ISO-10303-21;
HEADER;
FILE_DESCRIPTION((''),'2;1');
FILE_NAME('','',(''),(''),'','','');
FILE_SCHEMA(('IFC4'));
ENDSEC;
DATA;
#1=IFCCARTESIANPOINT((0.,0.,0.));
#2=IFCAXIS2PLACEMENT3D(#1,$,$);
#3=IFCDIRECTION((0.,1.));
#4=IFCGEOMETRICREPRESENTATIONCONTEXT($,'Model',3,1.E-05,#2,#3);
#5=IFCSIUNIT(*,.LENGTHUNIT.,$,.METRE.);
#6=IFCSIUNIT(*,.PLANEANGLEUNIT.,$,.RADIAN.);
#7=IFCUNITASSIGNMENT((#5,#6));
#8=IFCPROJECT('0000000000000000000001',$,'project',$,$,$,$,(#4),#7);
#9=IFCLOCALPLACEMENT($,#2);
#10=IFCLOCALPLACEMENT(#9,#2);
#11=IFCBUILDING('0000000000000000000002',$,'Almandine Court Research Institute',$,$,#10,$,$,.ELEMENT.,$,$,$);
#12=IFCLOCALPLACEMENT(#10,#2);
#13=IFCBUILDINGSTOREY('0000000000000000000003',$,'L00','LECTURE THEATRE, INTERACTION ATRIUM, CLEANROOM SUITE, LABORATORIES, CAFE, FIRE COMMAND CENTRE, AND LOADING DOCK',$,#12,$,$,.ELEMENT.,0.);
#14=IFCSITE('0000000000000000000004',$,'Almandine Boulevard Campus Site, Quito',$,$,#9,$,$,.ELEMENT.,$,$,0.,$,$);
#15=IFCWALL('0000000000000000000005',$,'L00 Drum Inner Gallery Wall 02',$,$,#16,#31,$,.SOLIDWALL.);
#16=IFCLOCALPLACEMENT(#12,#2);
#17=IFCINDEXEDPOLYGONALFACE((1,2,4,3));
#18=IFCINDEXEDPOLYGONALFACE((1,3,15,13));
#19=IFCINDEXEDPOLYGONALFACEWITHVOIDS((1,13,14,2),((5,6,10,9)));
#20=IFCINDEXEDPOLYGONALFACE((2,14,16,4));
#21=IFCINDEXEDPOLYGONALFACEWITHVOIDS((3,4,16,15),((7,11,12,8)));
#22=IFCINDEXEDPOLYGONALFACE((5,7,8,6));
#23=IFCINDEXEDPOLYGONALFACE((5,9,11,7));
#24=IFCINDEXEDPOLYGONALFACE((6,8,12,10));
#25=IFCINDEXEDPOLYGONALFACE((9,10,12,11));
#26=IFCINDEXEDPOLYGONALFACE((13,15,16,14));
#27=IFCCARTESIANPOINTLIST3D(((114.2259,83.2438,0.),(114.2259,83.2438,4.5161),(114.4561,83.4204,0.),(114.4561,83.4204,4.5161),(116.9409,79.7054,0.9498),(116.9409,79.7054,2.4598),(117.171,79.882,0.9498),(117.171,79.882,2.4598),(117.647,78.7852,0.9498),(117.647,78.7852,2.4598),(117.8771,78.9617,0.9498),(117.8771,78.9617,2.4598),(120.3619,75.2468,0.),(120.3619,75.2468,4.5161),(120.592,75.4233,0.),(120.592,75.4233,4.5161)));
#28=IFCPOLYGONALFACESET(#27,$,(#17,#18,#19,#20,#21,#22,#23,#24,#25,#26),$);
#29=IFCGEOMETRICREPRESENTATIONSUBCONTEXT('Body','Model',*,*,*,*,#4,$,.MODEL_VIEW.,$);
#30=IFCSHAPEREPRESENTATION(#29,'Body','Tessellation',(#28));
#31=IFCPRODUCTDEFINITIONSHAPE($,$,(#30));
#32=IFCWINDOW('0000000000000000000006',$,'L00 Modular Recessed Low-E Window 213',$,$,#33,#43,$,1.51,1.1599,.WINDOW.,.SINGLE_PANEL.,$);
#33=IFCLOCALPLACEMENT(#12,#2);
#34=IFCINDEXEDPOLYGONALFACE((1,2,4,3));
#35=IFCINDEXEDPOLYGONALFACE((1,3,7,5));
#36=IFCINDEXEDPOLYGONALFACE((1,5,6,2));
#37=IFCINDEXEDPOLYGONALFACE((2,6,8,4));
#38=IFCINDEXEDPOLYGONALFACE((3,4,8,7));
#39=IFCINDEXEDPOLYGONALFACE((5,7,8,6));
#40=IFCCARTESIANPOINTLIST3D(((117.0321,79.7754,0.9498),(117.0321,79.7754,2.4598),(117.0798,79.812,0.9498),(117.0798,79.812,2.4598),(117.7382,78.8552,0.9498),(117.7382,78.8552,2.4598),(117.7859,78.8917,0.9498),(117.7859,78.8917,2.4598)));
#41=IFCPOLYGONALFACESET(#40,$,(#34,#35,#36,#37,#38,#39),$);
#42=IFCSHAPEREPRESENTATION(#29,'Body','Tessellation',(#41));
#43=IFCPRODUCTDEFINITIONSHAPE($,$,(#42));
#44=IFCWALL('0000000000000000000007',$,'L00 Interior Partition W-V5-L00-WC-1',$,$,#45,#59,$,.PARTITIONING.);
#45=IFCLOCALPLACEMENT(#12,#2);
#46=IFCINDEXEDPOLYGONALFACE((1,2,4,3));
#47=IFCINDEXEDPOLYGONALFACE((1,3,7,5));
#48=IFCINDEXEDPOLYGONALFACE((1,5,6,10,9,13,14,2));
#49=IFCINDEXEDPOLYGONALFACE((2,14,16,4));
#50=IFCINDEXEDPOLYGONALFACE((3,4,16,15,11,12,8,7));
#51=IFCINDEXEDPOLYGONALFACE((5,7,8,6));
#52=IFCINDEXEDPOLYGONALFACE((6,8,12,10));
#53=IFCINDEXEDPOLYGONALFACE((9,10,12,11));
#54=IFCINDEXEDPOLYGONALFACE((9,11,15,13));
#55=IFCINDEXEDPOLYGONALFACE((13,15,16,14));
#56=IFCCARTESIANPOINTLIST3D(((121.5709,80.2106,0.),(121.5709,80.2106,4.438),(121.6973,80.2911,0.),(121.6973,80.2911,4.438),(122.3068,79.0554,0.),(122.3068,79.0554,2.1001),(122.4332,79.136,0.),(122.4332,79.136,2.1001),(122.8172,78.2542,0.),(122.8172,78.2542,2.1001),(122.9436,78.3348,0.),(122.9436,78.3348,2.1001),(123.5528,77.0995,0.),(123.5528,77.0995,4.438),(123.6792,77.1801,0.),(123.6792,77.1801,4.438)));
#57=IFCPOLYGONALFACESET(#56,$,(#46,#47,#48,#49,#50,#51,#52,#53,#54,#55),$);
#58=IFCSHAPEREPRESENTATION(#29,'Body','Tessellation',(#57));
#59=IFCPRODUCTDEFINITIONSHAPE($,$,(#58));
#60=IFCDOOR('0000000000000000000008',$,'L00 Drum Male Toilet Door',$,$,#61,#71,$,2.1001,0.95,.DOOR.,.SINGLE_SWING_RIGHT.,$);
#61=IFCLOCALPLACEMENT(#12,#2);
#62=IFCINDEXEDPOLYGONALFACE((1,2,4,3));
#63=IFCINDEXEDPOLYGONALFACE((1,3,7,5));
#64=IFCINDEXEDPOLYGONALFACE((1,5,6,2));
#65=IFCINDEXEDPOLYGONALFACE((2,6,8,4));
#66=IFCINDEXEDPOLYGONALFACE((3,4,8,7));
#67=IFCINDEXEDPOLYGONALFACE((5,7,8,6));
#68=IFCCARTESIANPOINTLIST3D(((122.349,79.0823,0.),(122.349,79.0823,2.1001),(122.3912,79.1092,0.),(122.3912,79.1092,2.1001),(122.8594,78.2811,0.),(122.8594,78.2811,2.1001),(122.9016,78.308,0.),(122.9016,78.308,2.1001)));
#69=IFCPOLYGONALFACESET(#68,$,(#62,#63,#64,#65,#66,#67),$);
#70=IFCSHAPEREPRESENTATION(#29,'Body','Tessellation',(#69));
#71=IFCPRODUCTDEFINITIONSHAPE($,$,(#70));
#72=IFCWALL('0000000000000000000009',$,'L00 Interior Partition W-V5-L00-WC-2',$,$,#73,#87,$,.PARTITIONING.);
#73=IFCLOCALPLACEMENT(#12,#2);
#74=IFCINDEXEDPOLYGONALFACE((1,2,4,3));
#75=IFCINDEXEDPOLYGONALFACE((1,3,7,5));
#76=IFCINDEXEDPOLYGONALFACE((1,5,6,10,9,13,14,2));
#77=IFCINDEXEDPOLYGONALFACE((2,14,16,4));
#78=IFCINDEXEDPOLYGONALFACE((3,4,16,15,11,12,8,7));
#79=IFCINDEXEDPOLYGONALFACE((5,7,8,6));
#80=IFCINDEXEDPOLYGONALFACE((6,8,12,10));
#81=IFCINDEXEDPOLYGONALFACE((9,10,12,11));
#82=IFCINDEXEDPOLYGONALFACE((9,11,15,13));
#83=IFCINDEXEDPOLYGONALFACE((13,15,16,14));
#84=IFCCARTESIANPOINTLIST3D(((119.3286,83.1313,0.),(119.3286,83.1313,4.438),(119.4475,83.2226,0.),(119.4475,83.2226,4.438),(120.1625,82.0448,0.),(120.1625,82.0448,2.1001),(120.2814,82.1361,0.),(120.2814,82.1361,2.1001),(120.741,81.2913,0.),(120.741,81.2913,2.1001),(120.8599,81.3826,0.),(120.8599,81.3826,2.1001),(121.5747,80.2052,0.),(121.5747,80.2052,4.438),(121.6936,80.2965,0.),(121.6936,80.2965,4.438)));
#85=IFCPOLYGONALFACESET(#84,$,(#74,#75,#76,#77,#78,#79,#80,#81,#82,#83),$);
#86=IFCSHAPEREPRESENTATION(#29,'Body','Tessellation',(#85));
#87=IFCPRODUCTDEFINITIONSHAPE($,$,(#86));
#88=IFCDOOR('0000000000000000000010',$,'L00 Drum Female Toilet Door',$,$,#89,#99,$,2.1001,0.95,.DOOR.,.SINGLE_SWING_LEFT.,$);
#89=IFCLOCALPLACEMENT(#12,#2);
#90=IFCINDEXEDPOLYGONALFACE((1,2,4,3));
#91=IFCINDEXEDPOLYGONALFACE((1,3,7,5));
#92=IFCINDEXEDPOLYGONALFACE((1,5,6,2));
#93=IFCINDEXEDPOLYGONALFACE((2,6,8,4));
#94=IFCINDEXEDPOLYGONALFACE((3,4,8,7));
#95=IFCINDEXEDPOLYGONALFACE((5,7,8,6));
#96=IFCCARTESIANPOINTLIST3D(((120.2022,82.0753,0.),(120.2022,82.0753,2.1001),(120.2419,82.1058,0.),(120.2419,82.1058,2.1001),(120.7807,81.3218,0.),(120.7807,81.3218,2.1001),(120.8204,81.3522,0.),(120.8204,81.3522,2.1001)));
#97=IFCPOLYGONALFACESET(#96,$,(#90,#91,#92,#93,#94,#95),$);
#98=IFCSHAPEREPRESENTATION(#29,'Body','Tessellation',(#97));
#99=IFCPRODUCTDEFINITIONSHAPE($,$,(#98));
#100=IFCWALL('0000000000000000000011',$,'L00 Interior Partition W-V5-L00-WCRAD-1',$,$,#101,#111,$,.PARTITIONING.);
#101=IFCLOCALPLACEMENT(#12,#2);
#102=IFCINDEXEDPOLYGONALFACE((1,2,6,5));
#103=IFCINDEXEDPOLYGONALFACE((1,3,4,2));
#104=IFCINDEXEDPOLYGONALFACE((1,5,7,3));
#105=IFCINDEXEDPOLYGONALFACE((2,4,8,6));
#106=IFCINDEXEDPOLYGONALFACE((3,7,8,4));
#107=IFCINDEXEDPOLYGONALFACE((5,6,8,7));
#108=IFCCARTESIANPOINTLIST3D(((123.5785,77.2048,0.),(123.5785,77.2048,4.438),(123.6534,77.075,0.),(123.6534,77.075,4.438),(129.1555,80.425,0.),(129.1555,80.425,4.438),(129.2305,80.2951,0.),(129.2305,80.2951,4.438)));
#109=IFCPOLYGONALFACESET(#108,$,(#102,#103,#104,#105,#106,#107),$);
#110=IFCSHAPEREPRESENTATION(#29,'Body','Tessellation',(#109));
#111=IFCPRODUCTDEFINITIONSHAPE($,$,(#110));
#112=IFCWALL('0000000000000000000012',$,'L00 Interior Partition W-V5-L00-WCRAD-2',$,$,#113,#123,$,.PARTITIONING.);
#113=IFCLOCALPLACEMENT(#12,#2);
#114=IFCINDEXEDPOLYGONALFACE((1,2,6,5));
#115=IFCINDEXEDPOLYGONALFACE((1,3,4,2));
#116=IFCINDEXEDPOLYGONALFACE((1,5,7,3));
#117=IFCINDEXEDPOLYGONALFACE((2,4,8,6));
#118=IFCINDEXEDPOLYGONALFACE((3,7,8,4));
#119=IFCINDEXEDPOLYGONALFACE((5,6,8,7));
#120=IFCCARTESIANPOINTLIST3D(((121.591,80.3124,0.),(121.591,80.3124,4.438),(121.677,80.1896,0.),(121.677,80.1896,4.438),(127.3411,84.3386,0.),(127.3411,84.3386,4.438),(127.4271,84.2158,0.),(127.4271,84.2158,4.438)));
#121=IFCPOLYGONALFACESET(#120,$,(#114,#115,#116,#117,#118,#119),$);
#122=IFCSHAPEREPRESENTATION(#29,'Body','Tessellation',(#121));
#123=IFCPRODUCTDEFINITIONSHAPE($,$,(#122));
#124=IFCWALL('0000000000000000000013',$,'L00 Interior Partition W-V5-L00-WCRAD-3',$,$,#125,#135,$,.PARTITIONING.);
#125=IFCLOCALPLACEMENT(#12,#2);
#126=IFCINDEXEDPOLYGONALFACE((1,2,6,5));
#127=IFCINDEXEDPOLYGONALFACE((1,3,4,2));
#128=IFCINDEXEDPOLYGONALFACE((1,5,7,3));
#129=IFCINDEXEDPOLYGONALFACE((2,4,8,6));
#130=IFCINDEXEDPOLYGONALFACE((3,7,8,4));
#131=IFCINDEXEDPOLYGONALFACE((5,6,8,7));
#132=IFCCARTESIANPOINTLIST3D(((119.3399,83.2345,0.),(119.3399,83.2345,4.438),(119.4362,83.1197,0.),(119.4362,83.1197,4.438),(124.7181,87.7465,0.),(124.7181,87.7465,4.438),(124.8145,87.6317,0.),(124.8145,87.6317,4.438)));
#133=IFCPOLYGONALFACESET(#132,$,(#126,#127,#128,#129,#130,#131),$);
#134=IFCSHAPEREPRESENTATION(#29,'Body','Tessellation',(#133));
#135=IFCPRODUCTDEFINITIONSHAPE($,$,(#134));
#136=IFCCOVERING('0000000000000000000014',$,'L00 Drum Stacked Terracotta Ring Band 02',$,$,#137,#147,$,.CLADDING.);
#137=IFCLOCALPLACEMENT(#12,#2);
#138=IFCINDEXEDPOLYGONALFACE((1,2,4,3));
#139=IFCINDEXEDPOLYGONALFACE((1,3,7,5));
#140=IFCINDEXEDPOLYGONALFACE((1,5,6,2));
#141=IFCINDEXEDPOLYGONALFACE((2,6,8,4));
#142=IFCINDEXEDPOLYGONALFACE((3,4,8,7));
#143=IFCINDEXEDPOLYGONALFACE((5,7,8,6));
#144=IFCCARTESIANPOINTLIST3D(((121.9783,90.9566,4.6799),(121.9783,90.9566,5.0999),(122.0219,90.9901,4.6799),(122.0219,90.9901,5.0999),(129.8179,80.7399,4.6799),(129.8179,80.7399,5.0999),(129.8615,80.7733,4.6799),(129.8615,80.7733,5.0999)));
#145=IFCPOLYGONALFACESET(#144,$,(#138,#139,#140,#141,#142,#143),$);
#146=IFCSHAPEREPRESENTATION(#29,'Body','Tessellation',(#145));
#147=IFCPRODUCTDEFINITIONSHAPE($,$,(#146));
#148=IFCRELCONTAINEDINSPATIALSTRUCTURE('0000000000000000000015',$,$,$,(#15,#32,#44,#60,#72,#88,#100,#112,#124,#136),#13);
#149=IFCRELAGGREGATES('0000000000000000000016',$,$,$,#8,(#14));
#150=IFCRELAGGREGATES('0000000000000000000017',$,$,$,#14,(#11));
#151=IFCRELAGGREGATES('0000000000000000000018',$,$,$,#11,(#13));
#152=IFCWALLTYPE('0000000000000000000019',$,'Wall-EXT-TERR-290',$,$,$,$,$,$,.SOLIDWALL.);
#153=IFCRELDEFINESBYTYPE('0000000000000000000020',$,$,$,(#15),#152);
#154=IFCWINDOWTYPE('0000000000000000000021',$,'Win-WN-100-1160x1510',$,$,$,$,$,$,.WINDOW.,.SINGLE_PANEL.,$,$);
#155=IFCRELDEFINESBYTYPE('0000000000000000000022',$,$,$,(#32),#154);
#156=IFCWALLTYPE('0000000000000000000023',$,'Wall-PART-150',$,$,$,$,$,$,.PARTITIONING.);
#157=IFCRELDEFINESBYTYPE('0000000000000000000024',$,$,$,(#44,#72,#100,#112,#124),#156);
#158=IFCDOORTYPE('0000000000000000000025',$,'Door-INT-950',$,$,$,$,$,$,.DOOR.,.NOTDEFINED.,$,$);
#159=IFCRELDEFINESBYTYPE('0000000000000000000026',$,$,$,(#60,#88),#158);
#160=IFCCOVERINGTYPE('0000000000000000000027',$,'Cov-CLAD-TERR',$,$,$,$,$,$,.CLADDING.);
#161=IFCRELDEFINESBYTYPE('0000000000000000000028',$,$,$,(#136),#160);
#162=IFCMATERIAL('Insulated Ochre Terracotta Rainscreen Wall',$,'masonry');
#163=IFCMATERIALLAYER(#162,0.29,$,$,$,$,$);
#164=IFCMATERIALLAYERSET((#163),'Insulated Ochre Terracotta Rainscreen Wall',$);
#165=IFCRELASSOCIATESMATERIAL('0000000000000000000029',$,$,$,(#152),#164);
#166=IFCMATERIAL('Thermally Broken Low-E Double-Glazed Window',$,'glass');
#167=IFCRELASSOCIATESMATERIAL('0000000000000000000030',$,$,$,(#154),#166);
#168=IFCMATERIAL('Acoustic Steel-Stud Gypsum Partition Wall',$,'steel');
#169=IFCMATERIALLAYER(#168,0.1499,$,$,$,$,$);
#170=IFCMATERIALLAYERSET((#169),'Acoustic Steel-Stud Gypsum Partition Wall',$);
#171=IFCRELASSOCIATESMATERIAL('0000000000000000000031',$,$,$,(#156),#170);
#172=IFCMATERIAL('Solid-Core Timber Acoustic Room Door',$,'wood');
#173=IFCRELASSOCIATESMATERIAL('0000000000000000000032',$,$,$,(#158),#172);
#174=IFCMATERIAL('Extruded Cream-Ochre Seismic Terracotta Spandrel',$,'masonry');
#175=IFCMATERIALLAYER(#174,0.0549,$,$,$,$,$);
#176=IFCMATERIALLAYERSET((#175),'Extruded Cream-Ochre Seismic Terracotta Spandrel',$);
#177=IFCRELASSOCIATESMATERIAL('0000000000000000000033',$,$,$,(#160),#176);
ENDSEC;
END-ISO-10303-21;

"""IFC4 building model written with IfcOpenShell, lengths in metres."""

from ifc_helpers import new_model, si_unit, direction, frame, frame_2d, origin, origin_2d, place, context, subcontext, project, spatial, rectangle, extrude, material, layer, layer_set, type_object, element, fill, save


model = new_model("IFC4")

# Units and contexts
model_context = context("Model", 3, precision=1e-05, world=origin(), true_north=direction((0.0, 1.0)))
body_context = subcontext(model_context, "Body", "Model", "MODEL_VIEW")
ifc_project = project(units=[si_unit("LENGTHUNIT", "METRE"), si_unit("PLANEANGLEUNIT", "RADIAN")], contexts=[model_context])

# Site, building, storey
site_placement = place(None, origin())
site = spatial("IfcSite", under=ifc_project, at=site_placement, Name="Almandine Boulevard Campus Site, Quito", CompositionType="ELEMENT", RefElevation=0.0)
building_placement = place(site_placement, origin())
building = spatial("IfcBuilding", under=site, at=building_placement, Name="Almandine Court Research Institute", CompositionType="ELEMENT")
storey_placement = place(building_placement, origin())
storey = spatial("IfcBuildingStorey", under=building, at=storey_placement, Name="L00", Description="LECTURE THEATRE, INTERACTION ATRIUM, CLEANROOM SUITE, LABORATORIES, CAFE, FIRE COMMAND CENTRE, AND LOADING DOCK", CompositionType="ELEMENT", Elevation=0.0)

# Wall, opening, window
ifc_material_1 = material(Name="Insulated Ochre Terracotta Rainscreen Wall", Category="masonry")
ifc_layer_1 = layer(ifc_material_1, 0.29)
ifc_layer_set_1 = layer_set([ifc_layer_1], Name="Insulated Ochre Terracotta Rainscreen Wall")
wall_type_1 = type_object("IfcWallType", Name="Wall-EXT-TERR-290", PredefinedType="SOLIDWALL", material=ifc_layer_set_1)
wall_1_placement = place(storey_placement, frame((120.4771, 75.335, 0.0), z_axis=(0.0, 0.0, 1.0), x_axis=(-0.608738, 0.793372, 0.0)))
wall_1 = element("IfcWall", 1, at=wall_1_placement, inside=storey, type_object=wall_type_1, Name="L00 Drum Inner Gallery Wall 02", PredefinedType="SOLIDWALL", context=body_context, shape_type="SweptSolid", body=[
    extrude(rectangle(XDim=10.0798, YDim=0.29, at=frame_2d((5.04, 0.0))), origin(), (0.0, 0.0, 1.0), 4.5161),
])
opening_1_placement = place(wall_1_placement, frame((4.46, 0.0, 0.95)))
opening_1 = element("IfcOpeningElement", 2, at=opening_1_placement, cuts=wall_1, PredefinedType="OPENING", context=body_context, shape_type="SweptSolid", body=[
    extrude(rectangle(XDim=1.1599, YDim=1.51, at=frame_2d((0.5801, 0.7549))), frame((0.0, 0.155, 0.0), z_axis=(0.0, -1.0, 0.0), x_axis=(1.0, 0.0, 0.0)), (0.0, 0.0, 1.0), 0.3101),
])
ifc_material_2 = material(Name="Thermally Broken Low-E Double-Glazed Window", Category="glass")
window_type = type_object("IfcWindowType", Name="Win-WN-100-1160x1510", PartitioningType="SINGLE_PANEL", PredefinedType="WINDOW", material=ifc_material_2)
window_placement = place(opening_1_placement, origin())
window = element("IfcWindow", 3, at=window_placement, inside=storey, type_object=window_type, Name="L00 Modular Recessed Low-E Window 213", OverallHeight=1.51, OverallWidth=1.1599, PartitioningType="SINGLE_PANEL", PredefinedType="WINDOW", context=body_context, shape_type="SweptSolid", body=[
    extrude(rectangle(XDim=1.1599, YDim=1.51, at=frame_2d((0.5801, 0.7549))), frame((0.0, 0.03, 0.0), z_axis=(0.0, -1.0, 0.0), x_axis=(1.0, 0.0, 0.0)), (0.0, 0.0, 1.0), 0.0601),
])
fill(opening_1, window)

# Walls, openings, doors
ifc_material_3 = material(Name="Acoustic Steel-Stud Gypsum Partition Wall", Category="steel")
ifc_layer_2 = layer(ifc_material_3, 0.1499)
ifc_layer_set_2 = layer_set([ifc_layer_2], Name="Acoustic Steel-Stud Gypsum Partition Wall")
wall_type_2 = type_object("IfcWallType", Name="Wall-PART-150", PredefinedType="PARTITIONING", material=ifc_layer_set_2)
wall_2_placement = place(storey_placement, frame((123.616, 77.1399, 0.0), z_axis=(0.0, 0.0, 1.0), x_axis=(-0.537291, 0.843397, 0.0)))
wall_2 = element("IfcWall", 4, at=wall_2_placement, inside=storey, type_object=wall_type_2, Name="L00 Interior Partition W-V5-L00-WC-1", PredefinedType="PARTITIONING", context=body_context, shape_type="SweptSolid", body=[
    extrude(rectangle(XDim=3.6887, YDim=0.1499, at=frame_2d((1.8442, 0.0))), origin(), (0.0, 0.0, 1.0), 4.438),
])
opening_2_placement = place(wall_2_placement, frame((1.3689, 0.0, 0.0)))
opening_2 = element("IfcOpeningElement", 5, at=opening_2_placement, cuts=wall_2, PredefinedType="OPENING", context=body_context, shape_type="SweptSolid", body=[
    extrude(rectangle(XDim=0.95, YDim=2.1001, at=frame_2d((0.4751, 1.05))), frame((0.0, 0.085, 0.0), z_axis=(0.0, -1.0, 0.0), x_axis=(1.0, 0.0, 0.0)), (0.0, 0.0, 1.0), 0.1699),
])
ifc_material_4 = material(Name="Solid-Core Timber Acoustic Room Door", Category="wood")
door_type = type_object("IfcDoorType", Name="Door-INT-950", OperationType="NOTDEFINED", PredefinedType="DOOR", material=ifc_material_4)
door_1_placement = place(opening_2_placement, origin())
door_1 = element("IfcDoor", 6, at=door_1_placement, inside=storey, type_object=door_type, Name="L00 Drum Male Toilet Door", OperationType="SINGLE_SWING_RIGHT", OverallHeight=2.1001, OverallWidth=0.95, PredefinedType="DOOR", context=body_context, shape_type="SweptSolid", body=[
    extrude(rectangle(XDim=0.95, YDim=2.1001, at=frame_2d((0.4751, 1.05))), frame((0.0, 0.0249, 0.0), z_axis=(0.0, -1.0, 0.0), x_axis=(1.0, 0.0, 0.0)), (0.0, 0.0, 1.0), 0.05),
])
fill(opening_2, door_1)
wall_3_placement = place(storey_placement, frame((121.634, 80.251, 0.0), z_axis=(0.0, 0.0, 1.0), x_axis=(-0.608911, 0.793239, 0.0)))
wall_3 = element("IfcWall", 7, at=wall_3_placement, inside=storey, type_object=wall_type_2, Name="L00 Interior Partition W-V5-L00-WC-2", PredefinedType="PARTITIONING", context=body_context, shape_type="SweptSolid", body=[
    extrude(rectangle(XDim=3.6887, YDim=0.1499, at=frame_2d((1.8442, 0.0))), origin(), (0.0, 0.0, 1.0), 4.438),
])
opening_3_placement = place(wall_3_placement, frame((1.3689, 0.0, 0.0)))
opening_3 = element("IfcOpeningElement", 8, at=opening_3_placement, cuts=wall_3, PredefinedType="OPENING", context=body_context, shape_type="SweptSolid", body=[
    extrude(rectangle(XDim=0.95, YDim=2.1001, at=frame_2d((0.4751, 1.05))), frame((0.0, 0.085, 0.0), z_axis=(0.0, -1.0, 0.0), x_axis=(1.0, 0.0, 0.0)), (0.0, 0.0, 1.0), 0.1699),
])
door_2_placement = place(opening_3_placement, origin())
door_2 = element("IfcDoor", 9, at=door_2_placement, inside=storey, type_object=door_type, Name="L00 Drum Female Toilet Door", OperationType="SINGLE_SWING_LEFT", OverallHeight=2.1001, OverallWidth=0.95, PredefinedType="DOOR", context=body_context, shape_type="SweptSolid", body=[
    extrude(rectangle(XDim=0.95, YDim=2.1001, at=frame_2d((0.4751, 1.05))), frame((0.0, 0.0249, 0.0), z_axis=(0.0, -1.0, 0.0), x_axis=(1.0, 0.0, 0.0)), (0.0, 0.0, 1.0), 0.05),
])
fill(opening_3, door_2)

# Walls
wall_4_placement = place(storey_placement, frame((123.616, 77.1399, 0.0), z_axis=(0.0, 0.0, 1.0), x_axis=(0.866009, 0.500029, 0.0)))
element("IfcWall", 10, at=wall_4_placement, inside=storey, type_object=wall_type_2, Name="L00 Interior Partition W-V5-L00-WCRAD-1", PredefinedType="PARTITIONING", context=body_context, shape_type="SweptSolid", body=[
    extrude(rectangle(XDim=6.4399, YDim=0.1499, at=frame_2d((3.22, 0.0))), origin(), (0.0, 0.0, 1.0), 4.438),
])
wall_5_placement = place(storey_placement, frame((121.634, 80.251, 0.0), z_axis=(0.0, 0.0, 1.0), x_axis=(0.819157, 0.57357, 0.0)))
element("IfcWall", 11, at=wall_5_placement, inside=storey, type_object=wall_type_2, Name="L00 Interior Partition W-V5-L00-WCRAD-2", PredefinedType="PARTITIONING", context=body_context, shape_type="SweptSolid", body=[
    extrude(rectangle(XDim=7.0195, YDim=0.1499, at=frame_2d((3.5098, 0.0))), origin(), (0.0, 0.0, 1.0), 4.438),
])
wall_6_placement = place(storey_placement, frame((119.3879, 83.177, 0.0), z_axis=(0.0, 0.0, 1.0), x_axis=(0.766105, 0.642716, 0.0)))
element("IfcWall", 12, at=wall_6_placement, inside=storey, type_object=wall_type_2, Name="L00 Interior Partition W-V5-L00-WCRAD-3", PredefinedType="PARTITIONING", context=body_context, shape_type="SweptSolid", body=[
    extrude(rectangle(XDim=7.0203, YDim=0.1499, at=frame_2d((3.5103, 0.0))), origin(), (0.0, 0.0, 1.0), 4.438),
])

# Covering
ifc_material_5 = material(Name="Extruded Cream-Ochre Seismic Terracotta Spandrel", Category="masonry")
ifc_layer_3 = layer(ifc_material_5, 0.0549)
ifc_layer_set_3 = layer_set([ifc_layer_3], Name="Extruded Cream-Ochre Seismic Terracotta Spandrel")
covering_type = type_object("IfcCoveringType", Name="Cov-CLAD-TERR", PredefinedType="CLADDING", material=ifc_layer_set_3)
covering_placement = place(storey_placement, frame((125.9199, 85.865, 4.6799), z_axis=(0.0, 0.0, 1.0), x_axis=(0.608761, -0.793353, 0.0)))
element("IfcCovering", 13, at=covering_placement, inside=storey, type_object=covering_type, Name="L00 Drum Stacked Terracotta Ring Band 02", PredefinedType="CLADDING", context=body_context, shape_type="SweptSolid", body=[
    extrude(rectangle(XDim=12.8779, YDim=0.0549, at=origin_2d()), origin(), (0.0, 0.0, 1.0), 0.4199),
])

save(model, "model.ifc")
